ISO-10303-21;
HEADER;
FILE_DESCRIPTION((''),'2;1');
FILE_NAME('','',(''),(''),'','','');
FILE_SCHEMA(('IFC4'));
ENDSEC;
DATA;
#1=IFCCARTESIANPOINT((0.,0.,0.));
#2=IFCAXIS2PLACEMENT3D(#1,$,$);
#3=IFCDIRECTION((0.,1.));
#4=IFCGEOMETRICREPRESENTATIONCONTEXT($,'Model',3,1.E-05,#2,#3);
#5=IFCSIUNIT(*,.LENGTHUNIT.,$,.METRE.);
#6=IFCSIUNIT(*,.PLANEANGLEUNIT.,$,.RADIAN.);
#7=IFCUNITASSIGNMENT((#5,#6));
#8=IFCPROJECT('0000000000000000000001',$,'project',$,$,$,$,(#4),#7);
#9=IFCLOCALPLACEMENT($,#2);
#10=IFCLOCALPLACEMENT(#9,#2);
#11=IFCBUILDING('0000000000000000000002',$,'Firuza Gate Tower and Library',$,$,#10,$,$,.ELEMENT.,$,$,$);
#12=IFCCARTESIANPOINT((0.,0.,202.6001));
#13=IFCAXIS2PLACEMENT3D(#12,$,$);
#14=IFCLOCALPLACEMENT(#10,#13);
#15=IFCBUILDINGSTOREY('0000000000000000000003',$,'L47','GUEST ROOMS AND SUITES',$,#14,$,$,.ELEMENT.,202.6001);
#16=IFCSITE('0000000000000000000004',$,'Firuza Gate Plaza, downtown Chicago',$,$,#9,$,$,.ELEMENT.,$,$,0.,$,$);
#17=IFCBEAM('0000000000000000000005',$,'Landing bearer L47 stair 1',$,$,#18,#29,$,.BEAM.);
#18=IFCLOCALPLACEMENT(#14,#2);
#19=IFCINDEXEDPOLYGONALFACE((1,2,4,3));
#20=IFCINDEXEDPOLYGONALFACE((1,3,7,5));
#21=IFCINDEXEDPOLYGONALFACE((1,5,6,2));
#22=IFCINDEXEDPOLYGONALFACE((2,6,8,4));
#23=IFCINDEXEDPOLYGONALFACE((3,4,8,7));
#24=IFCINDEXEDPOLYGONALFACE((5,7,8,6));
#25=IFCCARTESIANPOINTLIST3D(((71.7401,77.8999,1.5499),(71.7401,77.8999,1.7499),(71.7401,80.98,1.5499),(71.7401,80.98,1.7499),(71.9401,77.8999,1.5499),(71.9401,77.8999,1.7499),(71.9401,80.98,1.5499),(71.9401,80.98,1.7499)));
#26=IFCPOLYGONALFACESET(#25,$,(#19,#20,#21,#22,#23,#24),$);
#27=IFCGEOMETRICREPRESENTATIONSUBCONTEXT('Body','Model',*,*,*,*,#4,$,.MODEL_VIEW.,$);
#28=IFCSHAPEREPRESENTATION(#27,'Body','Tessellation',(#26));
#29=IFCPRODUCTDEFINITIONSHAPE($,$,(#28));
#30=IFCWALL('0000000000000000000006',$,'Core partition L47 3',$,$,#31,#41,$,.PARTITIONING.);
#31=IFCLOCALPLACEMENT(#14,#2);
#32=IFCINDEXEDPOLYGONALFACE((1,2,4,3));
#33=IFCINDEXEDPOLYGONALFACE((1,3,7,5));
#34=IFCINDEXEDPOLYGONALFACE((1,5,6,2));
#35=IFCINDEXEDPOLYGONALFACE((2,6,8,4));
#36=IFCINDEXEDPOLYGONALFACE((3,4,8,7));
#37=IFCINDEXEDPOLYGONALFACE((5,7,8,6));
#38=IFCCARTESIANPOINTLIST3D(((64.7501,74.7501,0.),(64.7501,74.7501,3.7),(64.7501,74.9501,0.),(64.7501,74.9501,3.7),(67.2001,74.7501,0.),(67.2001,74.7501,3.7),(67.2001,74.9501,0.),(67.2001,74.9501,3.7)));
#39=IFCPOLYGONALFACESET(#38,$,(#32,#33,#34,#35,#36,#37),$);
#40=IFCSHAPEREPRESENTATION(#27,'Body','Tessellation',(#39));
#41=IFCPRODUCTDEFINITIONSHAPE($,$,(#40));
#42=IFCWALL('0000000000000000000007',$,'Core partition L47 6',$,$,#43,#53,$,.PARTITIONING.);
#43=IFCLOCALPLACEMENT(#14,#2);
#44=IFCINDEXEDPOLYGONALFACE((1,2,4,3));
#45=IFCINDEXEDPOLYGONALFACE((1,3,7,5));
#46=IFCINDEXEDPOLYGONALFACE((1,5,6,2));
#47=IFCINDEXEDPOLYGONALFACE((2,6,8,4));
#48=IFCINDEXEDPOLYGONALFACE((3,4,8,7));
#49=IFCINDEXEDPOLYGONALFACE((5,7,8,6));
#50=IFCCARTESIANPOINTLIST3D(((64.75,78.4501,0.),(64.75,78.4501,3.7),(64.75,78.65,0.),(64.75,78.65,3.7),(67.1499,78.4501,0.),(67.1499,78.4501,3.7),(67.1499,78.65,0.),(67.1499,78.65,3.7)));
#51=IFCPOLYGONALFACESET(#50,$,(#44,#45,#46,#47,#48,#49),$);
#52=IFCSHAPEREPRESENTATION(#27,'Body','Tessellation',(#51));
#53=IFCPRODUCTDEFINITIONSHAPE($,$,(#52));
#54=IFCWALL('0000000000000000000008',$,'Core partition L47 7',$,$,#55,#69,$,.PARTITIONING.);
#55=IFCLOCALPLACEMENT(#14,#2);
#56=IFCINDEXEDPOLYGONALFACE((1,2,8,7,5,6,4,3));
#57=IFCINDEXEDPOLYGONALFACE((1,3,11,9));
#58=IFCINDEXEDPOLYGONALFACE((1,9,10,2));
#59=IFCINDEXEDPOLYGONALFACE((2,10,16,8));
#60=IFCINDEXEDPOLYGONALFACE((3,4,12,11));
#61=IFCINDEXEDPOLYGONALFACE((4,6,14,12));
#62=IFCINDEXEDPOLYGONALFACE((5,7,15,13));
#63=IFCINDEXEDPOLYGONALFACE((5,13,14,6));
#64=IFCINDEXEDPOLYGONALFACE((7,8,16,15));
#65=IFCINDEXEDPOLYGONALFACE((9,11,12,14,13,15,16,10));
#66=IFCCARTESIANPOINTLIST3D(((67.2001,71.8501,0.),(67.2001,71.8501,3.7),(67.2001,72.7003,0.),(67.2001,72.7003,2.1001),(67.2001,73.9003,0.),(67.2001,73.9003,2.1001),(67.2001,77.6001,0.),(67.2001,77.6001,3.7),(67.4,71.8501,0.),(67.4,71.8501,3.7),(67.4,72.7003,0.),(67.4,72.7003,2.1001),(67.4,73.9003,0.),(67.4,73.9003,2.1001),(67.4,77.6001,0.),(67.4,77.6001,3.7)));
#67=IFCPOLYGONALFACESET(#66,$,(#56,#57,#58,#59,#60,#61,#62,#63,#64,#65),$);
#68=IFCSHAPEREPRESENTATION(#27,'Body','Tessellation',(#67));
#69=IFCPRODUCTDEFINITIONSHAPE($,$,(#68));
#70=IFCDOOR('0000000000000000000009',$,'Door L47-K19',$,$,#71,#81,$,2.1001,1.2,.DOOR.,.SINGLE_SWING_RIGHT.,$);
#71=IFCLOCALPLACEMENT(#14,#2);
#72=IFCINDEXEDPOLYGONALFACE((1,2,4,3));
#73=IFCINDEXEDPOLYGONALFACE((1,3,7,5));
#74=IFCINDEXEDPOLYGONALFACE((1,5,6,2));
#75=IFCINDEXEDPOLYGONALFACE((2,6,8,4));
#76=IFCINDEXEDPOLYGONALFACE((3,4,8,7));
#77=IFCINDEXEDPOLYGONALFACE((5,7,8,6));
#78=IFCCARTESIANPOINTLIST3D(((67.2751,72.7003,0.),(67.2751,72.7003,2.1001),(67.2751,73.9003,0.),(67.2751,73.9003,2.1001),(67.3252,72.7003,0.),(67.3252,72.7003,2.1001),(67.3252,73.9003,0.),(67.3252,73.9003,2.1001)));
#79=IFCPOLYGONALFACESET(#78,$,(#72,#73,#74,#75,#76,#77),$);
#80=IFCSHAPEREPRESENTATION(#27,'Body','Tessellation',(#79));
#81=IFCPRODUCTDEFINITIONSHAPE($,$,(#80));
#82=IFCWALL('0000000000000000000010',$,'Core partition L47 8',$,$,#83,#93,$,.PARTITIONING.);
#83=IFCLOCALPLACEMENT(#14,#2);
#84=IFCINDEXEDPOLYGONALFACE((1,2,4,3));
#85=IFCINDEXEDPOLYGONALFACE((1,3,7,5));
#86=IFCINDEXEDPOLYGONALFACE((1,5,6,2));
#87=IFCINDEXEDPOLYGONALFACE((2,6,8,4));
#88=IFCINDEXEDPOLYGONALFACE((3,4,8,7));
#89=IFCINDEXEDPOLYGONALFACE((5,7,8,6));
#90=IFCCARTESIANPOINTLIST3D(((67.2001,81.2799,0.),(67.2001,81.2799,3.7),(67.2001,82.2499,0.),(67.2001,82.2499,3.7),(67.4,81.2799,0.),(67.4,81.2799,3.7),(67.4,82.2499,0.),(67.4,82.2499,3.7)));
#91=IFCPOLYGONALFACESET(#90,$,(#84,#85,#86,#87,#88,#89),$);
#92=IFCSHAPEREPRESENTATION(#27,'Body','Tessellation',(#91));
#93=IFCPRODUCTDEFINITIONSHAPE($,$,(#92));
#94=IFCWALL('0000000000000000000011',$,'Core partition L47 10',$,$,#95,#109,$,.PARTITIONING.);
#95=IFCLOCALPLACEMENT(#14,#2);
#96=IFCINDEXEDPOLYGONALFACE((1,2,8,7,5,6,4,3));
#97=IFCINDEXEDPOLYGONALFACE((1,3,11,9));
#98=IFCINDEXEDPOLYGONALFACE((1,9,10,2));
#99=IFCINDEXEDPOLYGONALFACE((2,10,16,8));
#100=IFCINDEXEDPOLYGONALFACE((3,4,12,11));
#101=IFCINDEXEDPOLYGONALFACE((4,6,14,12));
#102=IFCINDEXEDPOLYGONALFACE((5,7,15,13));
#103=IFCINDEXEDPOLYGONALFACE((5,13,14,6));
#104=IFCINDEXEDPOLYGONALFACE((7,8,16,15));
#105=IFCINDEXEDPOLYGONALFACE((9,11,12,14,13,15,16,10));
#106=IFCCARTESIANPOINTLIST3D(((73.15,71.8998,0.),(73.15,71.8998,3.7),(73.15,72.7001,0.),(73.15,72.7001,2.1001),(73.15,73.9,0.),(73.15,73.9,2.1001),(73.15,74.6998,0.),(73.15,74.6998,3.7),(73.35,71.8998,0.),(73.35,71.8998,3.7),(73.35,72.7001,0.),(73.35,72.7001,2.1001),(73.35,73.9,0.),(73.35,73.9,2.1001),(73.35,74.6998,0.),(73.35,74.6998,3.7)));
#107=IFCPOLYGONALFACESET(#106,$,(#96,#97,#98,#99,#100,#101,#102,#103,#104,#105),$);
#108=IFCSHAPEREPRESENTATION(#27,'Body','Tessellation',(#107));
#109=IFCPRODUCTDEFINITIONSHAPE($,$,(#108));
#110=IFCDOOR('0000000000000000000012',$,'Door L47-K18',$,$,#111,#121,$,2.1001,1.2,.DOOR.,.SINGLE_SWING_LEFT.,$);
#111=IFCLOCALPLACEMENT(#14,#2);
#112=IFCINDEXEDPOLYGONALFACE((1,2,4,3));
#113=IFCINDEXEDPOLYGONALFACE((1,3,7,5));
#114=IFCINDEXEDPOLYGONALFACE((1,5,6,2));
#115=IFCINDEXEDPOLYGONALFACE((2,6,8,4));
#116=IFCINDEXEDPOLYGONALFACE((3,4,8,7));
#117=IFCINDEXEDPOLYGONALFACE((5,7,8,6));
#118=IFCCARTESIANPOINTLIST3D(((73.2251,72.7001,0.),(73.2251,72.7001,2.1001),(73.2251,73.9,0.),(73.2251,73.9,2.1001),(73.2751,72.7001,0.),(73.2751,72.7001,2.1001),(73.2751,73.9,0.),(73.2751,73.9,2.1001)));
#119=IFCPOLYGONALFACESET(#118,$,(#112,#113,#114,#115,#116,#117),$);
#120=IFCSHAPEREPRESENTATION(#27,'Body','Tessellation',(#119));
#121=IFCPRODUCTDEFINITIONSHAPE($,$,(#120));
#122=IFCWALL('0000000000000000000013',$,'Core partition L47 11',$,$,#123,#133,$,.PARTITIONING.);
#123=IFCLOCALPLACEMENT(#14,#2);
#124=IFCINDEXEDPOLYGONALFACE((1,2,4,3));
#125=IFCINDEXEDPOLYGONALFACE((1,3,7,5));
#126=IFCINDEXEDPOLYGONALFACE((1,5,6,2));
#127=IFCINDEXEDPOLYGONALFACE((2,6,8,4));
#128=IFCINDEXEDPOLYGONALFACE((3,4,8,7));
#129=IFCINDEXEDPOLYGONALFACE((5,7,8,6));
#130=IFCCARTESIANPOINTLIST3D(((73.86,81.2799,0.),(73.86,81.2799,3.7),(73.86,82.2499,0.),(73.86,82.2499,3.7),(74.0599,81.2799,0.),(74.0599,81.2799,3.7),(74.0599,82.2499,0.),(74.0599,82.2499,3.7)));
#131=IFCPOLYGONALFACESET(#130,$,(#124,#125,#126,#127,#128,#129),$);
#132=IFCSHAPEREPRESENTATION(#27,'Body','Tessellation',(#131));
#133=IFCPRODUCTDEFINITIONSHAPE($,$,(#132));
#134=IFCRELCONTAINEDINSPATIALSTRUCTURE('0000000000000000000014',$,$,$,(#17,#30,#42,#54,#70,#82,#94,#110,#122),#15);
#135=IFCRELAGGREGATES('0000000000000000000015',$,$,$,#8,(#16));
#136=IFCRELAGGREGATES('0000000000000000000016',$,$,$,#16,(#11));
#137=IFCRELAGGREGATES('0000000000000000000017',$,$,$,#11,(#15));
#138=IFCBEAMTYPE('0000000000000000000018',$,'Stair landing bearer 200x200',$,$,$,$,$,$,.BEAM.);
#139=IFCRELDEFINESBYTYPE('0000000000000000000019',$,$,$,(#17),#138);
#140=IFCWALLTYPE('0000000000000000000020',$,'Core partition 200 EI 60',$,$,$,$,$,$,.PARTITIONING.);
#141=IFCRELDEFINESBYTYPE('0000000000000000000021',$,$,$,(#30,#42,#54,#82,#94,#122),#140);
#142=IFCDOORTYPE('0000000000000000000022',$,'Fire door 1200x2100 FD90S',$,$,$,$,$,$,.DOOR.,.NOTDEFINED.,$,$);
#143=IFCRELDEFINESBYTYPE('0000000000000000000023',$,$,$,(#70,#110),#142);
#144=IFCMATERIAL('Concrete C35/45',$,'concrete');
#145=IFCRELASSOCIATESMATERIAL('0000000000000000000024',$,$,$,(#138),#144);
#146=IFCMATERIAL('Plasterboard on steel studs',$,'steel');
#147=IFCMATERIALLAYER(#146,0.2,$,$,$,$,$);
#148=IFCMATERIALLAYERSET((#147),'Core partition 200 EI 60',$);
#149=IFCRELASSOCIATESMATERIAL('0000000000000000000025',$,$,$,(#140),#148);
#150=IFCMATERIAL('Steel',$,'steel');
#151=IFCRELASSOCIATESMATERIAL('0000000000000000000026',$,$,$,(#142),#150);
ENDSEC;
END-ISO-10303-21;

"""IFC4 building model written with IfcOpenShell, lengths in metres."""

from ifc_helpers import new_model, si_unit, direction, frame, frame_2d, origin, origin_2d, place, context, subcontext, project, spatial, rectangle, extrude, material, layer, layer_set, material_profile, profile_set, type_object, element, fill, save


model = new_model("IFC4")

# Units and contexts
model_context = context("Model", 3, precision=1e-05, world=origin(), true_north=direction((0.0, 1.0)))
body_context = subcontext(model_context, "Body", "Model", "MODEL_VIEW")
ifc_project = project(units=[si_unit("LENGTHUNIT", "METRE"), si_unit("PLANEANGLEUNIT", "RADIAN")], contexts=[model_context])

# Site, building, storey
site_placement = place(None, origin())
site = spatial("IfcSite", under=ifc_project, at=site_placement, Name="Firuza Gate Plaza, downtown Chicago", CompositionType="ELEMENT", RefElevation=0.0)
building_placement = place(site_placement, origin())
building = spatial("IfcBuilding", under=site, at=building_placement, Name="Firuza Gate Tower and Library", CompositionType="ELEMENT")
storey_placement = place(building_placement, frame((0.0, 0.0, 202.6001)))
storey = spatial("IfcBuildingStorey", under=building, at=storey_placement, Name="L47", Description="GUEST ROOMS AND SUITES", CompositionType="ELEMENT", Elevation=202.6001)

# Beam
ifc_material_1 = material(Name="Concrete C35/45", Category="concrete")
ifc_material_profile = material_profile(ifc_material_1, rectangle(XDim=0.2, YDim=0.2, at=origin_2d()))
ifc_profile_set = profile_set([ifc_material_profile], Name="Concrete C35/45")
beam_type = type_object("IfcBeamType", Name="Stair landing bearer 200x200", PredefinedType="BEAM", material=ifc_profile_set)
beam_placement = place(storey_placement, frame((71.8401, 77.8999, 1.6499), z_axis=(0.0, 1.0, 0.0), x_axis=(-1.0, 0.0, 0.0)))
element("IfcBeam", 1, at=beam_placement, inside=storey, type_object=beam_type, Name="Landing bearer L47 stair 1", PredefinedType="BEAM", context=body_context, shape_type="SweptSolid", body=[
    extrude(rectangle(XDim=0.2, YDim=0.2, at=origin_2d()), origin(), (0.0, 0.0, 1.0), 3.0801),
])

# Walls
ifc_material_2 = material(Name="Plasterboard on steel studs", Category="steel")
ifc_layer_1 = layer(ifc_material_2, 0.2)
ifc_layer_set_1 = layer_set([ifc_layer_1], Name="Core partition 200 EI 60")
wall_type_1 = type_object("IfcWallType", Name="Core partition 200 EI 60", PredefinedType="PARTITIONING", material=ifc_layer_set_1)
wall_1_placement = place(storey_placement, frame((64.75, 74.8501, 0.0), z_axis=(0.0, 0.0, 1.0), x_axis=(1.0, 0.0, 0.0)))
element("IfcWall", 2, at=wall_1_placement, inside=storey, type_object=wall_type_1, Name="Core partition L47 3", PredefinedType="PARTITIONING", context=body_context, shape_type="SweptSolid", body=[
    extrude(rectangle(XDim=2.45, YDim=0.2, at=frame_2d((1.2251, 0.0))), origin(), (0.0, 0.0, 1.0), 3.7),
])
wall_2_placement = place(storey_placement, frame((64.75, 78.55, 0.0), z_axis=(0.0, 0.0, 1.0), x_axis=(1.0, 0.0, 0.0)))
element("IfcWall", 3, at=wall_2_placement, inside=storey, type_object=wall_type_1, Name="Core partition L47 6", PredefinedType="PARTITIONING", context=body_context, shape_type="SweptSolid", body=[
    extrude(rectangle(XDim=2.3999, YDim=0.2, at=frame_2d((1.2, 0.0))), origin(), (0.0, 0.0, 1.0), 3.7),
])

# Wall, opening, door
wall_3_placement = place(storey_placement, frame((67.3, 71.8501, 0.0), z_axis=(0.0, 0.0, 1.0), x_axis=(0.0, 1.0, 0.0)))
wall_3 = element("IfcWall", 4, at=wall_3_placement, inside=storey, type_object=wall_type_1, Name="Core partition L47 7", PredefinedType="PARTITIONING", context=body_context, shape_type="SweptSolid", body=[
    extrude(rectangle(XDim=5.75, YDim=0.2, at=frame_2d((2.875, 0.0))), origin(), (0.0, 0.0, 1.0), 3.7),
])
opening_1_placement = place(wall_3_placement, frame((0.8501, 0.0, 0.0)))
opening_1 = element("IfcOpeningElement", 5, at=opening_1_placement, cuts=wall_3, PredefinedType="OPENING", context=body_context, shape_type="SweptSolid", body=[
    extrude(rectangle(XDim=1.2, YDim=2.1001, at=frame_2d((0.6001, 1.05))), frame((0.0, 0.1099, 0.0), z_axis=(0.0, -1.0, 0.0), x_axis=(1.0, 0.0, 0.0)), (0.0, 0.0, 1.0), 0.22),
])
ifc_material_3 = material(Name="Steel", Category="steel")
door_type_1 = type_object("IfcDoorType", Name="Fire door 1200x2100 FD90S", OperationType="NOTDEFINED", PredefinedType="DOOR", material=ifc_material_3)
door_1_placement = place(opening_1_placement, origin())
door_1 = element("IfcDoor", 6, at=door_1_placement, inside=storey, type_object=door_type_1, Name="Door L47-K19", OperationType="SINGLE_SWING_RIGHT", OverallHeight=2.1001, OverallWidth=1.2, PredefinedType="DOOR", context=body_context, shape_type="SweptSolid", body=[
    extrude(rectangle(XDim=1.2, YDim=2.1001, at=frame_2d((0.6001, 1.05))), frame((0.0, 0.0249, 0.0), z_axis=(0.0, -1.0, 0.0), x_axis=(1.0, 0.0, 0.0)), (0.0, 0.0, 1.0), 0.05),
])
fill(opening_1, door_1)

# Wall
wall_4_placement = place(storey_placement, frame((67.3, 81.28, 0.0), z_axis=(0.0, 0.0, 1.0), x_axis=(0.0, 1.0, 0.0)))
element("IfcWall", 7, at=wall_4_placement, inside=storey, type_object=wall_type_1, Name="Core partition L47 8", PredefinedType="PARTITIONING", context=body_context, shape_type="SweptSolid", body=[
    extrude(rectangle(XDim=0.97, YDim=0.2, at=frame_2d((0.4849, 0.0))), origin(), (0.0, 0.0, 1.0), 3.7),
])

# Wall, opening, door
wall_5_placement = place(storey_placement, frame((73.25, 71.8999, 0.0), z_axis=(0.0, 0.0, 1.0), x_axis=(0.0, 1.0, 0.0)))
wall_5 = element("IfcWall", 8, at=wall_5_placement, inside=storey, type_object=wall_type_1, Name="Core partition L47 10", PredefinedType="PARTITIONING", context=body_context, shape_type="SweptSolid", body=[
    extrude(rectangle(XDim=2.8, YDim=0.2, at=frame_2d((1.3999, 0.0))), origin(), (0.0, 0.0, 1.0), 3.7),
])
opening_2_placement = place(wall_5_placement, frame((0.8, 0.0, 0.0)))
opening_2 = element("IfcOpeningElement", 9, at=opening_2_placement, cuts=wall_5, PredefinedType="OPENING", context=body_context, shape_type="SweptSolid", body=[
    extrude(rectangle(XDim=1.2, YDim=2.1001, at=frame_2d((0.6001, 1.05))), frame((0.0, 0.1099, 0.0), z_axis=(0.0, -1.0, 0.0), x_axis=(1.0, 0.0, 0.0)), (0.0, 0.0, 1.0), 0.22),
])
door_2_placement = place(opening_2_placement, origin())
door_2 = element("IfcDoor", 10, at=door_2_placement, inside=storey, type_object=door_type_1, Name="Door L47-K18", OperationType="SINGLE_SWING_LEFT", OverallHeight=2.1001, OverallWidth=1.2, PredefinedType="DOOR", context=body_context, shape_type="SweptSolid", body=[
    extrude(rectangle(XDim=1.2, YDim=2.1001, at=frame_2d((0.6001, 1.05))), frame((0.0, 0.0249, 0.0), z_axis=(0.0, -1.0, 0.0), x_axis=(1.0, 0.0, 0.0)), (0.0, 0.0, 1.0), 0.05),
])
fill(opening_2, door_2)

# Wall
wall_6_placement = place(storey_placement, frame((73.96, 81.28, 0.0), z_axis=(0.0, 0.0, 1.0), x_axis=(0.0, 1.0, 0.0)))
element("IfcWall", 11, at=wall_6_placement, inside=storey, type_object=wall_type_1, Name="Core partition L47 11", PredefinedType="PARTITIONING", context=body_context, shape_type="SweptSolid", body=[
    extrude(rectangle(XDim=0.97, YDim=0.2, at=frame_2d((0.4849, 0.0))), origin(), (0.0, 0.0, 1.0), 3.7),
])

save(model, "model.ifc")
